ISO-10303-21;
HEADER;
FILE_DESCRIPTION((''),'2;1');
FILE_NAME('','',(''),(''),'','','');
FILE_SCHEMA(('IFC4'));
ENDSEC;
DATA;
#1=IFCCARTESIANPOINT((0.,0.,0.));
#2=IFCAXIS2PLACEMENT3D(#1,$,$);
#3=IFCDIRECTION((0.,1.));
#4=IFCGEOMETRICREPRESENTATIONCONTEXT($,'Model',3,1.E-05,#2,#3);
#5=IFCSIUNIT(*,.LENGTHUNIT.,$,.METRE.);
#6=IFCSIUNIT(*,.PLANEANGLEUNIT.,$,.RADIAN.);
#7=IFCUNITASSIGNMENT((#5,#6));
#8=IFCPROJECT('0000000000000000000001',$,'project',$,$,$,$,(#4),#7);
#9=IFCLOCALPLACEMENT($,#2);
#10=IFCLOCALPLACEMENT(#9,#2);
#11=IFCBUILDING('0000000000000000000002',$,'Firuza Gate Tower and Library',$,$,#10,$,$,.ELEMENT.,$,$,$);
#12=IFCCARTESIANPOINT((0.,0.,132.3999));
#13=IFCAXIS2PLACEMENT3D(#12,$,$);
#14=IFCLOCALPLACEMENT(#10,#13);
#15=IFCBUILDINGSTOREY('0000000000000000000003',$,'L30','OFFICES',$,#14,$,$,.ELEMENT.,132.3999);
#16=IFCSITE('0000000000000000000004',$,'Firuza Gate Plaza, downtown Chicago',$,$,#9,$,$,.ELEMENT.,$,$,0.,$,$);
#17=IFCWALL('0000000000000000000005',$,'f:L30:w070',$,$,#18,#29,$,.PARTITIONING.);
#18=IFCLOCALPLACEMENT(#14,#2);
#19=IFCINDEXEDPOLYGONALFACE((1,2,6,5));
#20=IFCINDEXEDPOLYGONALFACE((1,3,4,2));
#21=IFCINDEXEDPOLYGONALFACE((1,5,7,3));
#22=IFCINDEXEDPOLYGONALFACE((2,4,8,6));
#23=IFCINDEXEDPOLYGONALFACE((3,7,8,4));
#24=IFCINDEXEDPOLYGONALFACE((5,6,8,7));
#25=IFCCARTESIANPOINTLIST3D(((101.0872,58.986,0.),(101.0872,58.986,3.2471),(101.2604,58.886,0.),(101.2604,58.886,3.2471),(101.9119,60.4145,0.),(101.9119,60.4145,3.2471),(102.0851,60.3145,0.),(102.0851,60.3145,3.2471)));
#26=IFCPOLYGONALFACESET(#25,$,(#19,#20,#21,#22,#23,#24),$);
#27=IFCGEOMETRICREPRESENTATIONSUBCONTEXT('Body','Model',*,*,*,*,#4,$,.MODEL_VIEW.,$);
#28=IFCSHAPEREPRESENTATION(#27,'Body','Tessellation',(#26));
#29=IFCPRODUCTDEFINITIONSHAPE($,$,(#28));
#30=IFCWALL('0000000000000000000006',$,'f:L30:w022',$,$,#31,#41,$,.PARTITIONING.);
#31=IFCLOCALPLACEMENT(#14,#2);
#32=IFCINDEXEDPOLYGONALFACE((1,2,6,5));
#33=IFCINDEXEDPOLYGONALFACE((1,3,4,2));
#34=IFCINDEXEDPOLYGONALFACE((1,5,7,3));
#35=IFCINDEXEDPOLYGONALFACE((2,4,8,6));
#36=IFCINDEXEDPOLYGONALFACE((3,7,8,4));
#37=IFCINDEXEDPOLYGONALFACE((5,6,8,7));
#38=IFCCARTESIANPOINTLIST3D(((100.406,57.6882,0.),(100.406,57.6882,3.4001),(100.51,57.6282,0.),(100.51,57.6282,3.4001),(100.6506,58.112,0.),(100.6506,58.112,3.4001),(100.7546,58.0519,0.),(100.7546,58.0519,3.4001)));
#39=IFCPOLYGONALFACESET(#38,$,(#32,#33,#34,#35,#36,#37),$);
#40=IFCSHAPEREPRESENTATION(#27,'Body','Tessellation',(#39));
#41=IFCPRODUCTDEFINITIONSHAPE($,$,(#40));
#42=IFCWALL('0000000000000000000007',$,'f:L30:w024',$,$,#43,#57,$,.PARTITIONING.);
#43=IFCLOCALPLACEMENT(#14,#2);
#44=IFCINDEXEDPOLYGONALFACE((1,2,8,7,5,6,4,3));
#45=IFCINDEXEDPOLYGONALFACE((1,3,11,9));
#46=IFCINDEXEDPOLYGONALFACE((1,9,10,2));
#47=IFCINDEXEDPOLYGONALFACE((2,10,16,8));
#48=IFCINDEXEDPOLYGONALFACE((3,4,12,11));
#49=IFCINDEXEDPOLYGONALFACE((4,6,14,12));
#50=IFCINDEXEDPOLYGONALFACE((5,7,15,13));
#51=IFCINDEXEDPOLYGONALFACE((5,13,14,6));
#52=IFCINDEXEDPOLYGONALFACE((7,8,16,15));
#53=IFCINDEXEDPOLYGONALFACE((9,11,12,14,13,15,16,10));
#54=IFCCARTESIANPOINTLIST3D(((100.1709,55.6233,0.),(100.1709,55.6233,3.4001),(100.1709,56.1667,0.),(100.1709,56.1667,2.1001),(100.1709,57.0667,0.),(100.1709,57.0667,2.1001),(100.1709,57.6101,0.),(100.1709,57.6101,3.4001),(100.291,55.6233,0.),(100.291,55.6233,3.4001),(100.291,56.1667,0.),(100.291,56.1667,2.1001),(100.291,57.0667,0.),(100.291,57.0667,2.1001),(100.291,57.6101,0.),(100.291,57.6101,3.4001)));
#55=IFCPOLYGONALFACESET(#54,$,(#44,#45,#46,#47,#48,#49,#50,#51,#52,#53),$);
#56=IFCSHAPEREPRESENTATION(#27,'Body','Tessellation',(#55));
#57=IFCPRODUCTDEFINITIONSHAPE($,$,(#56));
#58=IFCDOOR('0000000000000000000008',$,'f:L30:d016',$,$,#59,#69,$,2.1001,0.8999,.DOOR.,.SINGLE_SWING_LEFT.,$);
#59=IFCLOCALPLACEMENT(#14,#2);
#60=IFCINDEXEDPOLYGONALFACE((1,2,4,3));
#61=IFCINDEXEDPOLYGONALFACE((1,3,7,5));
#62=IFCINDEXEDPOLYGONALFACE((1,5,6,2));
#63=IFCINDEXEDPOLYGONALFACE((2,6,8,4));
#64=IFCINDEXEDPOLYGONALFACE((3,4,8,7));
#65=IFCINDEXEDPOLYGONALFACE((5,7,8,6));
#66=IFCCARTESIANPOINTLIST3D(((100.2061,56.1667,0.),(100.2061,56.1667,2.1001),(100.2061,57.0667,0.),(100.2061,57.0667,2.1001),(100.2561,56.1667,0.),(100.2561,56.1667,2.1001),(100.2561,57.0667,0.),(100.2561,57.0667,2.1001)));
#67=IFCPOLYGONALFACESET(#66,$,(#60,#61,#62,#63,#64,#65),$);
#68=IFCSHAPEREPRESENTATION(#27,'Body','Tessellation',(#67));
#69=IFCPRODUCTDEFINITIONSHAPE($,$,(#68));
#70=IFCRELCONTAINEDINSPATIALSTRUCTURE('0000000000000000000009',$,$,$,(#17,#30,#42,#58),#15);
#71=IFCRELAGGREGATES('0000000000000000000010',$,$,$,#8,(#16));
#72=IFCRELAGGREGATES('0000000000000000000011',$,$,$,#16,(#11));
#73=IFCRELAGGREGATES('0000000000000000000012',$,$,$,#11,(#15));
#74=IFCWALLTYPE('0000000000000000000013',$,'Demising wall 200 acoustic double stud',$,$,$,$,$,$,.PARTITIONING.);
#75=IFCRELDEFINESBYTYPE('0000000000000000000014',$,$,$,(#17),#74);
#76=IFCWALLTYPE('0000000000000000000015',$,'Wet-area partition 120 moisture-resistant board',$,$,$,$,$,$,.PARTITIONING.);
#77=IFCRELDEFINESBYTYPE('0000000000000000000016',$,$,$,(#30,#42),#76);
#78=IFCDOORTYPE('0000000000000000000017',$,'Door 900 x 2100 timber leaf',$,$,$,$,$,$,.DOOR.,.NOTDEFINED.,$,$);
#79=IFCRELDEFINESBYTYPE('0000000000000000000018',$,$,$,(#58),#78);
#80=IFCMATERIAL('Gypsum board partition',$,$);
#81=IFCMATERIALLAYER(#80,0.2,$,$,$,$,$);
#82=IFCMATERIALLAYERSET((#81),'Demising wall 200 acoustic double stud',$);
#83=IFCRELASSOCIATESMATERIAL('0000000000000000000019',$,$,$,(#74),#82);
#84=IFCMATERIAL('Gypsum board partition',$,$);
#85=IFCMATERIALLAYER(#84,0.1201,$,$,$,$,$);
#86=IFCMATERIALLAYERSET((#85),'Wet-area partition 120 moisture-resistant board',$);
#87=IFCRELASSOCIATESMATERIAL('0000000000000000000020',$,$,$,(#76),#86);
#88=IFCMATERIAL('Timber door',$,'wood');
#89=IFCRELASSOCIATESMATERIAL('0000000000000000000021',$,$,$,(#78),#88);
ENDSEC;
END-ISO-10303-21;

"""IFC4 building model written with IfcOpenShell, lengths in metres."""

from ifc_helpers import new_model, si_unit, direction, frame, frame_2d, origin, place, context, subcontext, project, spatial, rectangle, extrude, material, layer, layer_set, type_object, element, fill, save


model = new_model("IFC4")

# Units and contexts
model_context = context("Model", 3, precision=1e-05, world=origin(), true_north=direction((0.0, 1.0)))
body_context = subcontext(model_context, "Body", "Model", "MODEL_VIEW")
ifc_project = project(units=[si_unit("LENGTHUNIT", "METRE"), si_unit("PLANEANGLEUNIT", "RADIAN")], contexts=[model_context])

# Site, building, storey
site_placement = place(None, origin())
site = spatial("IfcSite", under=ifc_project, at=site_placement, Name="Firuza Gate Plaza, downtown Chicago", CompositionType="ELEMENT", RefElevation=0.0)
building_placement = place(site_placement, origin())
building = spatial("IfcBuilding", under=site, at=building_placement, Name="Firuza Gate Tower and Library", CompositionType="ELEMENT")
storey_placement = place(building_placement, frame((0.0, 0.0, 132.3999)))
storey = spatial("IfcBuildingStorey", under=building, at=storey_placement, Name="L30", Description="OFFICES", CompositionType="ELEMENT", Elevation=132.3999)

# Walls
ifc_material_1 = material(Name="Gypsum board partition")
ifc_layer_1 = layer(ifc_material_1, 0.2)
ifc_layer_set_1 = layer_set([ifc_layer_1], Name="Demising wall 200 acoustic double stud")
wall_type_1 = type_object("IfcWallType", Name="Demising wall 200 acoustic double stud", PredefinedType="PARTITIONING", material=ifc_layer_set_1)
wall_1_placement = place(storey_placement, frame((101.1738, 58.936, 0.0), z_axis=(0.0, 0.0, 1.0), x_axis=(0.499992, 0.86603, 0.0)))
element("IfcWall", 1, at=wall_1_placement, inside=storey, type_object=wall_type_1, Name="f:L30:w070", PredefinedType="PARTITIONING", context=body_context, shape_type="SweptSolid", body=[
    extrude(rectangle(XDim=1.6494, YDim=0.2, at=frame_2d((0.8247, 0.0))), origin(), (0.0, 0.0, 1.0), 3.2471),
])
ifc_material_2 = material(Name="Gypsum board partition")
ifc_layer_2 = layer(ifc_material_2, 0.1201)
ifc_layer_set_2 = layer_set([ifc_layer_2], Name="Wet-area partition 120 moisture-resistant board")
wall_type_2 = type_object("IfcWallType", Name="Wet-area partition 120 moisture-resistant board", PredefinedType="PARTITIONING", material=ifc_layer_set_2)
wall_2_placement = place(storey_placement, frame((100.458, 57.6582, 0.0), z_axis=(0.0, 0.0, 1.0), x_axis=(0.499895, 0.866086, 0.0)))
element("IfcWall", 2, at=wall_2_placement, inside=storey, type_object=wall_type_2, Name="f:L30:w022", PredefinedType="PARTITIONING", context=body_context, shape_type="SweptSolid", body=[
    extrude(rectangle(XDim=0.4893, YDim=0.1201, at=frame_2d((0.2446, 0.0))), origin(), (0.0, 0.0, 1.0), 3.4001),
])

# Wall, opening, door
wall_3_placement = place(storey_placement, frame((100.231, 55.6233, 0.0), z_axis=(0.0, 0.0, 1.0), x_axis=(0.0, 1.0, 0.0)))
wall_3 = element("IfcWall", 3, at=wall_3_placement, inside=storey, type_object=wall_type_2, Name="f:L30:w024", PredefinedType="PARTITIONING", context=body_context, shape_type="SweptSolid", body=[
    extrude(rectangle(XDim=1.9868, YDim=0.1201, at=frame_2d((0.9934, 0.0))), origin(), (0.0, 0.0, 1.0), 3.4001),
])
opening_1_placement = place(wall_3_placement, frame((0.5435, 0.0, 0.0)))
opening_1 = element("IfcOpeningElement", 4, at=opening_1_placement, cuts=wall_3, PredefinedType="OPENING", context=body_context, shape_type="SweptSolid", body=[
    extrude(rectangle(XDim=0.8999, YDim=2.1001, at=frame_2d((0.45, 1.05))), frame((0.0, 0.0701, 0.0), z_axis=(0.0, -1.0, 0.0), x_axis=(1.0, 0.0, 0.0)), (0.0, 0.0, 1.0), 0.1401),
])
ifc_material_3 = material(Name="Timber door", Category="wood")
door_type_1 = type_object("IfcDoorType", Name="Door 900 x 2100 timber leaf", OperationType="NOTDEFINED", PredefinedType="DOOR", material=ifc_material_3)
door_1_placement = place(opening_1_placement, origin())
door_1 = element("IfcDoor", 5, at=door_1_placement, inside=storey, type_object=door_type_1, Name="f:L30:d016", OperationType="SINGLE_SWING_LEFT", OverallHeight=2.1001, OverallWidth=0.8999, PredefinedType="DOOR", context=body_context, shape_type="SweptSolid", body=[
    extrude(rectangle(XDim=0.8999, YDim=2.1001, at=frame_2d((0.45, 1.05))), frame((0.0, 0.0249, 0.0), z_axis=(0.0, -1.0, 0.0), x_axis=(1.0, 0.0, 0.0)), (0.0, 0.0, 1.0), 0.05),
])
fill(opening_1, door_1)

save(model, "model.ifc")
